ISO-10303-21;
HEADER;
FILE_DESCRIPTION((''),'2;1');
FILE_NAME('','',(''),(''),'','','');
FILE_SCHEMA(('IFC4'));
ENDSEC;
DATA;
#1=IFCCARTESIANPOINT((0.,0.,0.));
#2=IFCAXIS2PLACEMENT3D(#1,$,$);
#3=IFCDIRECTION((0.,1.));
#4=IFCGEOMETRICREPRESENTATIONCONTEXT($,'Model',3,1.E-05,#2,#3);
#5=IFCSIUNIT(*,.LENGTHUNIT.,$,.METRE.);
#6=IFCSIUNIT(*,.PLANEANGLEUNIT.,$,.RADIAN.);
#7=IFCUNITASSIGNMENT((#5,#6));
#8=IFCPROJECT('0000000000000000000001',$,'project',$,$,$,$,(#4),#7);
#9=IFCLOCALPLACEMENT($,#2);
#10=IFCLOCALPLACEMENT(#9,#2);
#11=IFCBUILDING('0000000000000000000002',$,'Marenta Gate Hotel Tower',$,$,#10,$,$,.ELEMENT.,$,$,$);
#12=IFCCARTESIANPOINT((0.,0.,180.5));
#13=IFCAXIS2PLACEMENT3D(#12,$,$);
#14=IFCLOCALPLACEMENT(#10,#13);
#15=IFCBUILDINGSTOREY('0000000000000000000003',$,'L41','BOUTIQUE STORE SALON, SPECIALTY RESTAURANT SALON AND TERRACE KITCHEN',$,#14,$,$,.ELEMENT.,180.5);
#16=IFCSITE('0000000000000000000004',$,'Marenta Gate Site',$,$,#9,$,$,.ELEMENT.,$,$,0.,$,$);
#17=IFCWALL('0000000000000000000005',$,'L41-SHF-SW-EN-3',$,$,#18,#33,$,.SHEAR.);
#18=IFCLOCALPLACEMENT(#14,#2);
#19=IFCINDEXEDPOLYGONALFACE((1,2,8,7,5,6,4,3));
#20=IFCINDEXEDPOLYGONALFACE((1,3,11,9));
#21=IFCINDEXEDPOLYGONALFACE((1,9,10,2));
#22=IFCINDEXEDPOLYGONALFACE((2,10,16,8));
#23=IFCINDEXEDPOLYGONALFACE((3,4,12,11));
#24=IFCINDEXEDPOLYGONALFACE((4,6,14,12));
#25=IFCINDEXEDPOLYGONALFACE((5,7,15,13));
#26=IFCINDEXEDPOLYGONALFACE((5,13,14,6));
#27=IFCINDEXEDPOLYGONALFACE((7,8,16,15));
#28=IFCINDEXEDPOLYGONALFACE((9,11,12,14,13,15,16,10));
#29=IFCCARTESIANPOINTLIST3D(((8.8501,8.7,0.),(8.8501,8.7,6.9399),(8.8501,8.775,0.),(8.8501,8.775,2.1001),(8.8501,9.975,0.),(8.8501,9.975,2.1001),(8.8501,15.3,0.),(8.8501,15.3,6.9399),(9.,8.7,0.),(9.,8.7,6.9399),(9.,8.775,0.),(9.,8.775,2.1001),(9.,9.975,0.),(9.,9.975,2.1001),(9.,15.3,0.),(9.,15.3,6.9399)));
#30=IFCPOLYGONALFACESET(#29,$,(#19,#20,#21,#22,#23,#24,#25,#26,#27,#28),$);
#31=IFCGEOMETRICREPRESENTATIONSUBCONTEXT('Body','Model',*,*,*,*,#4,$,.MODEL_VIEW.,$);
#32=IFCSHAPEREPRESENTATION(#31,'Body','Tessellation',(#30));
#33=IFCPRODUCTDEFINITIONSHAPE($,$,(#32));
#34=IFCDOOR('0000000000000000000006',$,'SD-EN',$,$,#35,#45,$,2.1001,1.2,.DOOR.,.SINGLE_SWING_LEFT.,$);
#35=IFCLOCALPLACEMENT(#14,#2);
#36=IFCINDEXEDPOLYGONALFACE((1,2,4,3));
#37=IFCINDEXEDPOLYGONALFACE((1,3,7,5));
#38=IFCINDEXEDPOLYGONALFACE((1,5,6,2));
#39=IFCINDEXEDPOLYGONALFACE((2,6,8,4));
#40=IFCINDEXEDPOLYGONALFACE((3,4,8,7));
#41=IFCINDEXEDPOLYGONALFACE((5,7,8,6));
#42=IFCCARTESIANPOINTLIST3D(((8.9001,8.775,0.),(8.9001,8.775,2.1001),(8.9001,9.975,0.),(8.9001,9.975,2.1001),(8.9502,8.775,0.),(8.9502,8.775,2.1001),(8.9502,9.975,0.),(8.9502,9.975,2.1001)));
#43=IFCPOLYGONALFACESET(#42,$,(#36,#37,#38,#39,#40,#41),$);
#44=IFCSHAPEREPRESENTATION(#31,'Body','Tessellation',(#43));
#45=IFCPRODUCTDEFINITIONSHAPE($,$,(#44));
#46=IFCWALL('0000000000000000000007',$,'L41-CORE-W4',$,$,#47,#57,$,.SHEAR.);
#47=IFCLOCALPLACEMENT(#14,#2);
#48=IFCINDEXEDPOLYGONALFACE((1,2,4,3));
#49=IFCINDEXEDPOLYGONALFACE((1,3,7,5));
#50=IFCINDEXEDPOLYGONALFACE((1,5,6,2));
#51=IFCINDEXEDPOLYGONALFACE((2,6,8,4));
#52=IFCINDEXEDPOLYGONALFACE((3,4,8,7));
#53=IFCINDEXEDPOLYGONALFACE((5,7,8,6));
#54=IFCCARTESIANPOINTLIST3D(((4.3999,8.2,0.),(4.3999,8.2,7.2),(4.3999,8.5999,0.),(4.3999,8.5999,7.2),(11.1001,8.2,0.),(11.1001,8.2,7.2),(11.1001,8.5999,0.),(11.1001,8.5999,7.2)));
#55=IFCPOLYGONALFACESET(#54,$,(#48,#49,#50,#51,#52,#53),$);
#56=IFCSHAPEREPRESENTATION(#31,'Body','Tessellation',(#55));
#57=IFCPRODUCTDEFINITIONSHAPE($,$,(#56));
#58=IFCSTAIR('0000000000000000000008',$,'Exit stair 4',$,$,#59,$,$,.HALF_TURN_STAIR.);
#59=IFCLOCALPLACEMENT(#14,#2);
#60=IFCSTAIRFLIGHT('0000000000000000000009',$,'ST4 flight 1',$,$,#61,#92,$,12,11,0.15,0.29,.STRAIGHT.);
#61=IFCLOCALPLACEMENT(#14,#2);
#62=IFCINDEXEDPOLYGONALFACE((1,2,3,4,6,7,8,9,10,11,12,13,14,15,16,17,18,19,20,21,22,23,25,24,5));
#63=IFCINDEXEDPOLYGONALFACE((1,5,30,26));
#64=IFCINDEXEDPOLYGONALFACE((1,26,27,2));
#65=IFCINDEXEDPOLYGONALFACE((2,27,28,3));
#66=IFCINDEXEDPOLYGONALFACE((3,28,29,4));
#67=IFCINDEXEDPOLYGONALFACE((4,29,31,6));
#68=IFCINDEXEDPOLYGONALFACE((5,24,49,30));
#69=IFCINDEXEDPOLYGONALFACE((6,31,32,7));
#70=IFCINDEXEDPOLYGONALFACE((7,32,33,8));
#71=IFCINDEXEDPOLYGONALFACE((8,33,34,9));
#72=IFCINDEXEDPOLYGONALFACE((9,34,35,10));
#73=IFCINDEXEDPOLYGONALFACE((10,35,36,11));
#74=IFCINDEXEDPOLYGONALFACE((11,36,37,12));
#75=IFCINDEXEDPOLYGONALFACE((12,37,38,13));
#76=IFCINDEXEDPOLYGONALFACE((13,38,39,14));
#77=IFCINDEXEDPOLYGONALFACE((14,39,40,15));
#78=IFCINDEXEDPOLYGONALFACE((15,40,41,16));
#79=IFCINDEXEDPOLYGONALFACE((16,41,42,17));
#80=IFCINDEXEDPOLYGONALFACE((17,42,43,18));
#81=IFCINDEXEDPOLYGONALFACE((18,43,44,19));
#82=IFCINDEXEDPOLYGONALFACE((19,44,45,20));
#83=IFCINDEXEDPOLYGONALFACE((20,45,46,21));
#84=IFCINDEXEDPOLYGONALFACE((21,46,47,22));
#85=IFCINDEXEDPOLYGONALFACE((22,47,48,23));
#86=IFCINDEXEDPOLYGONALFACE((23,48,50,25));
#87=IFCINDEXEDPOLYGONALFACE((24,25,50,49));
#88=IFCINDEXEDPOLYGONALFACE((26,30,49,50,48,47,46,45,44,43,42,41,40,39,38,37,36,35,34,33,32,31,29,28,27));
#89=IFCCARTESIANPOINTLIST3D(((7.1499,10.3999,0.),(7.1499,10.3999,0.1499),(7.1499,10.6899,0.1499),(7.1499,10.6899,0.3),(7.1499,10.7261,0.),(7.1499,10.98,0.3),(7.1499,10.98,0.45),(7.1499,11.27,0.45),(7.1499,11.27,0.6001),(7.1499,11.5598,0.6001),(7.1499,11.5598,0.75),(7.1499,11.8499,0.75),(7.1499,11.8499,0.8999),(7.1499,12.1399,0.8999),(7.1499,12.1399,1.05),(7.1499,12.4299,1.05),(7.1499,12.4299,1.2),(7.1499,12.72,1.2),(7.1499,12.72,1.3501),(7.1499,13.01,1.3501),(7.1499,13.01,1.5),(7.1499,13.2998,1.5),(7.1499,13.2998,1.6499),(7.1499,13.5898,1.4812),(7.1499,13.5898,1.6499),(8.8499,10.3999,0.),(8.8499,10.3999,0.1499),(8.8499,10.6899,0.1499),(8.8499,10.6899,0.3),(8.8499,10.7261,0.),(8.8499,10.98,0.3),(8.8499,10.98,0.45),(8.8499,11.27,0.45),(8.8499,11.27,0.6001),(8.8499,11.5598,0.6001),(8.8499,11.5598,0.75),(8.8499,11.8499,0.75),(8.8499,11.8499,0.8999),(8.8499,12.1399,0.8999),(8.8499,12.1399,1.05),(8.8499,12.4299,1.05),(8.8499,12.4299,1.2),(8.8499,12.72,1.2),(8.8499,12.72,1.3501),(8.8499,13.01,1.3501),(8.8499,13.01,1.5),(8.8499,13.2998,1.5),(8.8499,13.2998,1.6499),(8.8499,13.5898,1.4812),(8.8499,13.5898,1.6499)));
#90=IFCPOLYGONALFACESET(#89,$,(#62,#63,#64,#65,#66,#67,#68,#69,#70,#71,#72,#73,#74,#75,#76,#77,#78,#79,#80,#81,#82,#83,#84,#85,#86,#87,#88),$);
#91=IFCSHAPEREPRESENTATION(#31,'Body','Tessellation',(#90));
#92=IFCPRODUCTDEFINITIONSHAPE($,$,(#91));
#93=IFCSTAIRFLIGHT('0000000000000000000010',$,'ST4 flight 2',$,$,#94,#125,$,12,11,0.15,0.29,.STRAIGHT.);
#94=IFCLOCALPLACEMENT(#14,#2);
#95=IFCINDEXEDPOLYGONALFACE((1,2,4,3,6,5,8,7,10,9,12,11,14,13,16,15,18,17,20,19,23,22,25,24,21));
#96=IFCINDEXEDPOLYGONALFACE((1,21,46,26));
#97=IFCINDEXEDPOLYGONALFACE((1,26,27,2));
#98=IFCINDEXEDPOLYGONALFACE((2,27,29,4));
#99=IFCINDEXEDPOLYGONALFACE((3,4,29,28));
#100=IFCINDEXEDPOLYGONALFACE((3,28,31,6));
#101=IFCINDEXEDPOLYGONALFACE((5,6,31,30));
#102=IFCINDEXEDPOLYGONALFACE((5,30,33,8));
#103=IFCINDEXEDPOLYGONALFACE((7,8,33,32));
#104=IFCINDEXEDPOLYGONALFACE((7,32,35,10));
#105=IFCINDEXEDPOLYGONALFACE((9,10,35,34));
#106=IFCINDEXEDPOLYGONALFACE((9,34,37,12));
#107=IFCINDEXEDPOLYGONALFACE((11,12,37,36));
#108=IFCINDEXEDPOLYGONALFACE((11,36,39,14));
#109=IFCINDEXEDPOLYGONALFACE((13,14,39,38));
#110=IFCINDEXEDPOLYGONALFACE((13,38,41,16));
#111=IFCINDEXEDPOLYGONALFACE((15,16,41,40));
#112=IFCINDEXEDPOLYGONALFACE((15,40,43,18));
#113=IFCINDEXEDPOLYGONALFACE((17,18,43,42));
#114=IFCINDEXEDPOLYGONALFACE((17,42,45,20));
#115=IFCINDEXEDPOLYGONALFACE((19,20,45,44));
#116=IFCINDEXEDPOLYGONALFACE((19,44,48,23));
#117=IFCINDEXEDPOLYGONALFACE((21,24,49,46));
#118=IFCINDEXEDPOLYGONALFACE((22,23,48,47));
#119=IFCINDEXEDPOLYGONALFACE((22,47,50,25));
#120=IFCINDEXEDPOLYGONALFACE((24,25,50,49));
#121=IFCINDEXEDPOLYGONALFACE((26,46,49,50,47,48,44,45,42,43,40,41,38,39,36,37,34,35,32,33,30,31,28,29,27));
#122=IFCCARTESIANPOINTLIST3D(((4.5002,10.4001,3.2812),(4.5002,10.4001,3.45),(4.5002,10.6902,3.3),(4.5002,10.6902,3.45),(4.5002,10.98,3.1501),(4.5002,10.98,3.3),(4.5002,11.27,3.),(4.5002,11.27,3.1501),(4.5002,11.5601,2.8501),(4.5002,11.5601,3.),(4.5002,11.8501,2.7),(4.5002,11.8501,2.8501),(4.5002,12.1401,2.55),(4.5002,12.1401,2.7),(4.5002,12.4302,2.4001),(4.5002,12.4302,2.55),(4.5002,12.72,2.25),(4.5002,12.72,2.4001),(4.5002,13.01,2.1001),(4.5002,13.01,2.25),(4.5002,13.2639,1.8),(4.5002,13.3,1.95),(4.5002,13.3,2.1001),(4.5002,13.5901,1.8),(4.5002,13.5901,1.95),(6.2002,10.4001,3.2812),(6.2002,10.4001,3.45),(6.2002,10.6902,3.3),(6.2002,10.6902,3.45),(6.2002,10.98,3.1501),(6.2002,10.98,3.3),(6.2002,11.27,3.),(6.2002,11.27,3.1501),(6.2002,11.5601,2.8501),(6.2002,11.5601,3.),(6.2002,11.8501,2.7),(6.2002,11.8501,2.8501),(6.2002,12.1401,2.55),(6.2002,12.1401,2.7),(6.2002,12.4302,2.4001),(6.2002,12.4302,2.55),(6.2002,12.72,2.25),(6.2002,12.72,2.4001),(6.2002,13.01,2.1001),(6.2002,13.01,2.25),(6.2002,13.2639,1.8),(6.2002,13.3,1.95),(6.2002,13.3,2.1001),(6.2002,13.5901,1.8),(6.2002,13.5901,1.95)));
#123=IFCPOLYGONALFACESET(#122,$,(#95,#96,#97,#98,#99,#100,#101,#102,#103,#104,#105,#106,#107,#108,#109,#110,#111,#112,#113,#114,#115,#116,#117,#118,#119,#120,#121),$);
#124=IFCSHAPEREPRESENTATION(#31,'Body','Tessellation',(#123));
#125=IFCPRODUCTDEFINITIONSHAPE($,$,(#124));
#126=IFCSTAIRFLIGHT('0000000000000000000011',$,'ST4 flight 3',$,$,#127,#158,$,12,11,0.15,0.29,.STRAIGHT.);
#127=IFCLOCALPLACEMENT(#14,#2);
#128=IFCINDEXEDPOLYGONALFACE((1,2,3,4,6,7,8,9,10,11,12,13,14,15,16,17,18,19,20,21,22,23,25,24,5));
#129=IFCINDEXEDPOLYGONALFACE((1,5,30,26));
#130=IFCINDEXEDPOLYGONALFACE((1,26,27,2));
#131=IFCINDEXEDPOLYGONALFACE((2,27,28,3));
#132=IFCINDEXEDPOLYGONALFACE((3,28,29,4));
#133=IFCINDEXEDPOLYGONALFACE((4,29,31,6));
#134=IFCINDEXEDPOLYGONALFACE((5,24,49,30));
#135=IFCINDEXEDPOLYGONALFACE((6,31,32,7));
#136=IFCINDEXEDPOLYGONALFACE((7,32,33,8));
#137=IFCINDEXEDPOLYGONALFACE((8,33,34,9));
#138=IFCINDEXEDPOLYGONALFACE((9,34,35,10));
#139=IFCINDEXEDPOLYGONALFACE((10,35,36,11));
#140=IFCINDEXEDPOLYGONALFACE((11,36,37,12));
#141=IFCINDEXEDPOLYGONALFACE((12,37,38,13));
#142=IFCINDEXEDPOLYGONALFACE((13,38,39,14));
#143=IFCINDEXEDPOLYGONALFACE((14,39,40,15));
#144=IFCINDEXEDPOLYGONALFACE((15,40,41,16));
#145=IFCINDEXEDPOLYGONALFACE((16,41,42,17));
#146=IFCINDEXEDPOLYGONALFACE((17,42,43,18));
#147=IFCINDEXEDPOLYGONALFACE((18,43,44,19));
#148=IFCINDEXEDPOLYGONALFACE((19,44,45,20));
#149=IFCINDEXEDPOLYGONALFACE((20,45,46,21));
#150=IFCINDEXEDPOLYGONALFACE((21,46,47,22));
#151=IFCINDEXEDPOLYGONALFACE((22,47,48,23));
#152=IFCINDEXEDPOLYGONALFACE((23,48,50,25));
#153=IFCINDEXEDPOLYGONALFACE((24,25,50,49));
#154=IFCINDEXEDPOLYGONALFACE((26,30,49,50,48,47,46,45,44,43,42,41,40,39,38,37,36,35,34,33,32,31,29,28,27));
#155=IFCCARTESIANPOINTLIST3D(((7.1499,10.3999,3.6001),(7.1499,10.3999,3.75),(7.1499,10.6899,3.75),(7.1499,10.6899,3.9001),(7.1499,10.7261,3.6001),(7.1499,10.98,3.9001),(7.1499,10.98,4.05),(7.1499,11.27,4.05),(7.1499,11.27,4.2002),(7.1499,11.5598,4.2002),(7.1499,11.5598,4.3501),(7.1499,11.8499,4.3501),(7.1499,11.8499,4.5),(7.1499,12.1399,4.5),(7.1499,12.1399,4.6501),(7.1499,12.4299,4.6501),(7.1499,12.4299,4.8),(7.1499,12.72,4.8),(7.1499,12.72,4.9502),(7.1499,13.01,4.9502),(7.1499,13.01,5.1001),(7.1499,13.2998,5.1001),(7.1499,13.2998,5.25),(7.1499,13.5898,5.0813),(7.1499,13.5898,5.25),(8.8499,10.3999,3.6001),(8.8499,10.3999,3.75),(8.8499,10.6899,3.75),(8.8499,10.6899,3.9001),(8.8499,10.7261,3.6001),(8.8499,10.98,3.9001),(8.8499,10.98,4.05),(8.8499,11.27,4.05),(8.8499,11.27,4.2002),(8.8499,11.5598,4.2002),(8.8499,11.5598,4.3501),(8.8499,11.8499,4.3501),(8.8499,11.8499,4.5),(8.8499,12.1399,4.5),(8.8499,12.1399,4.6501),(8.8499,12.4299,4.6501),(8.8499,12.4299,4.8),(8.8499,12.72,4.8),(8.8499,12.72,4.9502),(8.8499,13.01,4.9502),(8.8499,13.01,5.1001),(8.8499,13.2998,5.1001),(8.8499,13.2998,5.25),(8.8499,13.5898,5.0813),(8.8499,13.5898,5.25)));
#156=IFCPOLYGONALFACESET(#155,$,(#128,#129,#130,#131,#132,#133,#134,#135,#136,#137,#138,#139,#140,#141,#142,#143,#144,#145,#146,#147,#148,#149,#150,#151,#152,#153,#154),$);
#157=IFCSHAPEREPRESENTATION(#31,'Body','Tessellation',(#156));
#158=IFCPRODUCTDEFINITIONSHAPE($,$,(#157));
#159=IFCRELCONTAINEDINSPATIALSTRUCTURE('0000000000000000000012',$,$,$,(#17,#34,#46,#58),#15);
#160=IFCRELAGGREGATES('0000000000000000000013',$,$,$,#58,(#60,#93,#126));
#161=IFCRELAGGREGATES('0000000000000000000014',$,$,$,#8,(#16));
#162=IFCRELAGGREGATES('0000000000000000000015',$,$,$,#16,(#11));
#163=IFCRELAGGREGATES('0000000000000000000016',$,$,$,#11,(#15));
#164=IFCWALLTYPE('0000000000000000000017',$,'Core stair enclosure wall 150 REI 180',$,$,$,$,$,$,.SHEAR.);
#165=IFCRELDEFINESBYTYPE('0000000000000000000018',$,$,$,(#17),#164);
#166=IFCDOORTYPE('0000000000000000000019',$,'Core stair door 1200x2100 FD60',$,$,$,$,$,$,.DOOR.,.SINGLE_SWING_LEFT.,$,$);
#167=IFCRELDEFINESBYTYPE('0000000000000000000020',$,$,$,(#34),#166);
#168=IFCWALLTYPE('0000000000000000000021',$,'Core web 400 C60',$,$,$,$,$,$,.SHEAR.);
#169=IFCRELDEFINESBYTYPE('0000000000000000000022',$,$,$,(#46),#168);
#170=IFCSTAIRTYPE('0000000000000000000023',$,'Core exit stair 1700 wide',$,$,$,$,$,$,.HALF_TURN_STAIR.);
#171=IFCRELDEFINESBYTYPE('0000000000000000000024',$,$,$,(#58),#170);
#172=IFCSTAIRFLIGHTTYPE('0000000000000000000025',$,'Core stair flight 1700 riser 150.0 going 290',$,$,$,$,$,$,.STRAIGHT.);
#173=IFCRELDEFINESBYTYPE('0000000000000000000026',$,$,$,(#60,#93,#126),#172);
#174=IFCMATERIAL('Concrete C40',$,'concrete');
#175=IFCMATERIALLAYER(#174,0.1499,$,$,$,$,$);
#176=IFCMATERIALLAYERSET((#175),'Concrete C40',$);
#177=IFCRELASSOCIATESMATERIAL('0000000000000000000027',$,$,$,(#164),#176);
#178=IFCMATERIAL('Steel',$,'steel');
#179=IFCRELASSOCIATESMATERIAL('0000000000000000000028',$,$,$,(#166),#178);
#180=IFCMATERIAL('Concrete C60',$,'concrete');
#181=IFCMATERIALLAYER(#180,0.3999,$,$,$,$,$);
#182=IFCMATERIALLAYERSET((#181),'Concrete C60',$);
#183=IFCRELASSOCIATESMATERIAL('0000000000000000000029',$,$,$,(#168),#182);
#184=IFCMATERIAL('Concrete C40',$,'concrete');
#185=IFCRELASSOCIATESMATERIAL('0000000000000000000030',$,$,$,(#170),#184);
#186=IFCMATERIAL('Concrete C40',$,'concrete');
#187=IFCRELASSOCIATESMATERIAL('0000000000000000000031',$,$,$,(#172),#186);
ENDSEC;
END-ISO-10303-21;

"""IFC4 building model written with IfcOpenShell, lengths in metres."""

from ifc_helpers import new_model, si_unit, direction, frame, frame_2d, origin, place, context, subcontext, project, spatial, polyline, rectangle, outline, extrude, material, layer, layer_set, type_object, element, fill, aggregate, save


model = new_model("IFC4")

# Units and contexts
model_context = context("Model", 3, precision=1e-05, world=origin(), true_north=direction((0.0, 1.0)))
body_context = subcontext(model_context, "Body", "Model", "MODEL_VIEW")
ifc_project = project(units=[si_unit("LENGTHUNIT", "METRE"), si_unit("PLANEANGLEUNIT", "RADIAN")], contexts=[model_context])

# Site, building, storey
site_placement = place(None, origin())
site = spatial("IfcSite", under=ifc_project, at=site_placement, Name="Marenta Gate Site", CompositionType="ELEMENT", RefElevation=0.0)
building_placement = place(site_placement, origin())
building = spatial("IfcBuilding", under=site, at=building_placement, Name="Marenta Gate Hotel Tower", CompositionType="ELEMENT")
storey_placement = place(building_placement, frame((0.0, 0.0, 180.5)))
storey = spatial("IfcBuildingStorey", under=building, at=storey_placement, Name="L41", Description="BOUTIQUE STORE SALON, SPECIALTY RESTAURANT SALON AND TERRACE KITCHEN", CompositionType="ELEMENT", Elevation=180.5)

# Wall, opening, door
ifc_material_1 = material(Name="Concrete C40", Category="concrete")
ifc_layer_1 = layer(ifc_material_1, 0.1499)
ifc_layer_set_1 = layer_set([ifc_layer_1], Name="Concrete C40")
wall_type_1 = type_object("IfcWallType", Name="Core stair enclosure wall 150 REI 180", PredefinedType="SHEAR", material=ifc_layer_set_1)
wall_1_placement = place(storey_placement, frame((8.925, 8.7, 0.0), z_axis=(0.0, 0.0, 1.0), x_axis=(0.0, 1.0, 0.0)))
wall_1 = element("IfcWall", 1, at=wall_1_placement, inside=storey, type_object=wall_type_1, Name="L41-SHF-SW-EN-3", PredefinedType="SHEAR", context=body_context, shape_type="SweptSolid", body=[
    extrude(rectangle(XDim=6.6001, YDim=0.1499, at=frame_2d((3.3, 0.0))), origin(), (0.0, 0.0, 1.0), 6.9399),
])
opening_1_placement = place(wall_1_placement, frame((0.075, 0.0, 0.0)))
opening_1 = element("IfcOpeningElement", 2, at=opening_1_placement, cuts=wall_1, PredefinedType="OPENING", context=body_context, shape_type="SweptSolid", body=[
    extrude(rectangle(XDim=1.2, YDim=2.1001, at=frame_2d((0.6001, 1.05))), frame((0.0, 0.075, 0.0), z_axis=(0.0, -1.0, 0.0), x_axis=(1.0, 0.0, 0.0)), (0.0, 0.0, 1.0), 0.1499),
])
ifc_material_2 = material(Name="Steel", Category="steel")
door_type_1 = type_object("IfcDoorType", Name="Core stair door 1200x2100 FD60", OperationType="SINGLE_SWING_LEFT", PredefinedType="DOOR", material=ifc_material_2)
door_1_placement = place(opening_1_placement, origin())
door_1 = element("IfcDoor", 3, at=door_1_placement, inside=storey, type_object=door_type_1, Name="SD-EN", OperationType="SINGLE_SWING_LEFT", OverallHeight=2.1001, OverallWidth=1.2, PredefinedType="DOOR", context=body_context, shape_type="SweptSolid", body=[
    extrude(rectangle(XDim=1.2, YDim=2.1001, at=frame_2d((0.6001, 1.05))), frame((0.0, 0.0249, 0.0), z_axis=(0.0, -1.0, 0.0), x_axis=(1.0, 0.0, 0.0)), (0.0, 0.0, 1.0), 0.05),
])
fill(opening_1, door_1)

# Wall
ifc_material_3 = material(Name="Concrete C60", Category="concrete")
ifc_layer_2 = layer(ifc_material_3, 0.3999)
ifc_layer_set_2 = layer_set([ifc_layer_2], Name="Concrete C60")
wall_type_2 = type_object("IfcWallType", Name="Core web 400 C60", PredefinedType="SHEAR", material=ifc_layer_set_2)
wall_2_placement = place(storey_placement, frame((4.3999, 8.3999, 0.0), z_axis=(0.0, 0.0, 1.0), x_axis=(1.0, 0.0, 0.0)))
element("IfcWall", 4, at=wall_2_placement, inside=storey, type_object=wall_type_2, Name="L41-CORE-W4", PredefinedType="SHEAR", context=body_context, shape_type="SweptSolid", body=[
    extrude(rectangle(XDim=6.7002, YDim=0.3999, at=frame_2d((3.3501, 0.0))), origin(), (0.0, 0.0, 1.0), 7.2),
])

# Stair, stair flights
ifc_material_4 = material(Name="Concrete C40", Category="concrete")
stair_type = type_object("IfcStairType", Name="Core exit stair 1700 wide", PredefinedType="HALF_TURN_STAIR", material=ifc_material_4)
stair_placement = place(storey_placement, origin())
stair = element("IfcStair", 5, at=stair_placement, inside=storey, type_object=stair_type, Name="Exit stair 4", PredefinedType="HALF_TURN_STAIR")
ifc_material_5 = material(Name="Concrete C40", Category="concrete")
stair_flight_type = type_object("IfcStairFlightType", Name="Core stair flight 1700 riser 150.0 going 290", PredefinedType="STRAIGHT", material=ifc_material_5)
stair_flight_1_placement = place(storey_placement, frame((8.0, 10.3999, 0.0), z_axis=(0.0, 0.0, 1.0), x_axis=(0.0, 1.0, 0.0)))
stair_flight_1 = element("IfcStairFlight", 6, at=stair_flight_1_placement, type_object=stair_flight_type, Name="ST4 flight 1", NumberOfRisers=12, NumberOfTreads=11, PredefinedType="STRAIGHT", RiserHeight=0.15, TreadLength=0.29, context=body_context, shape_type="SweptSolid", body=[
    extrude(outline(polyline([(0.0, 0.0), (0.0, 0.1499), (0.29, 0.1499), (0.29, 0.3), (0.5801, 0.3), (0.5801, 0.45), (0.8701, 0.45), (0.8701, 0.6001), (1.1599, 0.6001), (1.1599, 0.75), (1.45, 0.75), (1.45, 0.8999), (1.74, 0.8999), (1.74, 1.05), (2.03, 1.05), (2.03, 1.2), (2.3201, 1.2), (2.3201, 1.3501), (2.6101, 1.3501), (2.6101, 1.5), (2.8999, 1.5), (2.8999, 1.6499), (3.1899, 1.6499), (3.1899, 1.8), (3.1899, 1.4812), (0.3262, 0.0), (0.0, 0.0)])), frame((0.0, 0.8501, 0.0), z_axis=(0.0, -1.0, 0.0), x_axis=(1.0, 0.0, 0.0)), (0.0, 0.0, 1.0), 1.7),
])
stair_flight_2_placement = place(storey_placement, frame((5.3501, 13.5901, 1.8), z_axis=(0.0, 0.0, 1.0), x_axis=(0.0, -1.0, 0.0)))
stair_flight_2 = element("IfcStairFlight", 7, at=stair_flight_2_placement, type_object=stair_flight_type, Name="ST4 flight 2", NumberOfRisers=12, NumberOfTreads=11, PredefinedType="STRAIGHT", RiserHeight=0.15, TreadLength=0.29, context=body_context, shape_type="SweptSolid", body=[
    extrude(outline(polyline([(0.0, 0.0), (0.0, 0.1499), (0.29, 0.1499), (0.29, 0.3), (0.5801, 0.3), (0.5801, 0.45), (0.8701, 0.45), (0.8701, 0.6001), (1.1599, 0.6001), (1.1599, 0.75), (1.45, 0.75), (1.45, 0.8999), (1.74, 0.8999), (1.74, 1.05), (2.03, 1.05), (2.03, 1.2), (2.3201, 1.2), (2.3201, 1.3501), (2.6101, 1.3501), (2.6101, 1.5), (2.8999, 1.5), (2.8999, 1.6499), (3.1899, 1.6499), (3.1899, 1.8), (3.1899, 1.4812), (0.3262, 0.0), (0.0, 0.0)])), frame((0.0, 0.8501, 0.0), z_axis=(0.0, -1.0, 0.0), x_axis=(1.0, 0.0, 0.0)), (0.0, 0.0, 1.0), 1.7),
])
stair_flight_3_placement = place(storey_placement, frame((8.0, 10.3999, 3.6001), z_axis=(0.0, 0.0, 1.0), x_axis=(0.0, 1.0, 0.0)))
stair_flight_3 = element("IfcStairFlight", 8, at=stair_flight_3_placement, type_object=stair_flight_type, Name="ST4 flight 3", NumberOfRisers=12, NumberOfTreads=11, PredefinedType="STRAIGHT", RiserHeight=0.15, TreadLength=0.29, context=body_context, shape_type="SweptSolid", body=[
    extrude(outline(polyline([(0.0, 0.0), (0.0, 0.1499), (0.29, 0.1499), (0.29, 0.3), (0.5801, 0.3), (0.5801, 0.45), (0.8701, 0.45), (0.8701, 0.6001), (1.1599, 0.6001), (1.1599, 0.75), (1.45, 0.75), (1.45, 0.8999), (1.74, 0.8999), (1.74, 1.05), (2.03, 1.05), (2.03, 1.2), (2.3201, 1.2), (2.3201, 1.3501), (2.6101, 1.3501), (2.6101, 1.5), (2.8999, 1.5), (2.8999, 1.6499), (3.1899, 1.6499), (3.1899, 1.8), (3.1899, 1.4812), (0.3262, 0.0), (0.0, 0.0)])), frame((0.0, 0.8501, 0.0), z_axis=(0.0, -1.0, 0.0), x_axis=(1.0, 0.0, 0.0)), (0.0, 0.0, 1.0), 1.7),
])
aggregate(stair, [stair_flight_1, stair_flight_2, stair_flight_3])

save(model, "model.ifc")
